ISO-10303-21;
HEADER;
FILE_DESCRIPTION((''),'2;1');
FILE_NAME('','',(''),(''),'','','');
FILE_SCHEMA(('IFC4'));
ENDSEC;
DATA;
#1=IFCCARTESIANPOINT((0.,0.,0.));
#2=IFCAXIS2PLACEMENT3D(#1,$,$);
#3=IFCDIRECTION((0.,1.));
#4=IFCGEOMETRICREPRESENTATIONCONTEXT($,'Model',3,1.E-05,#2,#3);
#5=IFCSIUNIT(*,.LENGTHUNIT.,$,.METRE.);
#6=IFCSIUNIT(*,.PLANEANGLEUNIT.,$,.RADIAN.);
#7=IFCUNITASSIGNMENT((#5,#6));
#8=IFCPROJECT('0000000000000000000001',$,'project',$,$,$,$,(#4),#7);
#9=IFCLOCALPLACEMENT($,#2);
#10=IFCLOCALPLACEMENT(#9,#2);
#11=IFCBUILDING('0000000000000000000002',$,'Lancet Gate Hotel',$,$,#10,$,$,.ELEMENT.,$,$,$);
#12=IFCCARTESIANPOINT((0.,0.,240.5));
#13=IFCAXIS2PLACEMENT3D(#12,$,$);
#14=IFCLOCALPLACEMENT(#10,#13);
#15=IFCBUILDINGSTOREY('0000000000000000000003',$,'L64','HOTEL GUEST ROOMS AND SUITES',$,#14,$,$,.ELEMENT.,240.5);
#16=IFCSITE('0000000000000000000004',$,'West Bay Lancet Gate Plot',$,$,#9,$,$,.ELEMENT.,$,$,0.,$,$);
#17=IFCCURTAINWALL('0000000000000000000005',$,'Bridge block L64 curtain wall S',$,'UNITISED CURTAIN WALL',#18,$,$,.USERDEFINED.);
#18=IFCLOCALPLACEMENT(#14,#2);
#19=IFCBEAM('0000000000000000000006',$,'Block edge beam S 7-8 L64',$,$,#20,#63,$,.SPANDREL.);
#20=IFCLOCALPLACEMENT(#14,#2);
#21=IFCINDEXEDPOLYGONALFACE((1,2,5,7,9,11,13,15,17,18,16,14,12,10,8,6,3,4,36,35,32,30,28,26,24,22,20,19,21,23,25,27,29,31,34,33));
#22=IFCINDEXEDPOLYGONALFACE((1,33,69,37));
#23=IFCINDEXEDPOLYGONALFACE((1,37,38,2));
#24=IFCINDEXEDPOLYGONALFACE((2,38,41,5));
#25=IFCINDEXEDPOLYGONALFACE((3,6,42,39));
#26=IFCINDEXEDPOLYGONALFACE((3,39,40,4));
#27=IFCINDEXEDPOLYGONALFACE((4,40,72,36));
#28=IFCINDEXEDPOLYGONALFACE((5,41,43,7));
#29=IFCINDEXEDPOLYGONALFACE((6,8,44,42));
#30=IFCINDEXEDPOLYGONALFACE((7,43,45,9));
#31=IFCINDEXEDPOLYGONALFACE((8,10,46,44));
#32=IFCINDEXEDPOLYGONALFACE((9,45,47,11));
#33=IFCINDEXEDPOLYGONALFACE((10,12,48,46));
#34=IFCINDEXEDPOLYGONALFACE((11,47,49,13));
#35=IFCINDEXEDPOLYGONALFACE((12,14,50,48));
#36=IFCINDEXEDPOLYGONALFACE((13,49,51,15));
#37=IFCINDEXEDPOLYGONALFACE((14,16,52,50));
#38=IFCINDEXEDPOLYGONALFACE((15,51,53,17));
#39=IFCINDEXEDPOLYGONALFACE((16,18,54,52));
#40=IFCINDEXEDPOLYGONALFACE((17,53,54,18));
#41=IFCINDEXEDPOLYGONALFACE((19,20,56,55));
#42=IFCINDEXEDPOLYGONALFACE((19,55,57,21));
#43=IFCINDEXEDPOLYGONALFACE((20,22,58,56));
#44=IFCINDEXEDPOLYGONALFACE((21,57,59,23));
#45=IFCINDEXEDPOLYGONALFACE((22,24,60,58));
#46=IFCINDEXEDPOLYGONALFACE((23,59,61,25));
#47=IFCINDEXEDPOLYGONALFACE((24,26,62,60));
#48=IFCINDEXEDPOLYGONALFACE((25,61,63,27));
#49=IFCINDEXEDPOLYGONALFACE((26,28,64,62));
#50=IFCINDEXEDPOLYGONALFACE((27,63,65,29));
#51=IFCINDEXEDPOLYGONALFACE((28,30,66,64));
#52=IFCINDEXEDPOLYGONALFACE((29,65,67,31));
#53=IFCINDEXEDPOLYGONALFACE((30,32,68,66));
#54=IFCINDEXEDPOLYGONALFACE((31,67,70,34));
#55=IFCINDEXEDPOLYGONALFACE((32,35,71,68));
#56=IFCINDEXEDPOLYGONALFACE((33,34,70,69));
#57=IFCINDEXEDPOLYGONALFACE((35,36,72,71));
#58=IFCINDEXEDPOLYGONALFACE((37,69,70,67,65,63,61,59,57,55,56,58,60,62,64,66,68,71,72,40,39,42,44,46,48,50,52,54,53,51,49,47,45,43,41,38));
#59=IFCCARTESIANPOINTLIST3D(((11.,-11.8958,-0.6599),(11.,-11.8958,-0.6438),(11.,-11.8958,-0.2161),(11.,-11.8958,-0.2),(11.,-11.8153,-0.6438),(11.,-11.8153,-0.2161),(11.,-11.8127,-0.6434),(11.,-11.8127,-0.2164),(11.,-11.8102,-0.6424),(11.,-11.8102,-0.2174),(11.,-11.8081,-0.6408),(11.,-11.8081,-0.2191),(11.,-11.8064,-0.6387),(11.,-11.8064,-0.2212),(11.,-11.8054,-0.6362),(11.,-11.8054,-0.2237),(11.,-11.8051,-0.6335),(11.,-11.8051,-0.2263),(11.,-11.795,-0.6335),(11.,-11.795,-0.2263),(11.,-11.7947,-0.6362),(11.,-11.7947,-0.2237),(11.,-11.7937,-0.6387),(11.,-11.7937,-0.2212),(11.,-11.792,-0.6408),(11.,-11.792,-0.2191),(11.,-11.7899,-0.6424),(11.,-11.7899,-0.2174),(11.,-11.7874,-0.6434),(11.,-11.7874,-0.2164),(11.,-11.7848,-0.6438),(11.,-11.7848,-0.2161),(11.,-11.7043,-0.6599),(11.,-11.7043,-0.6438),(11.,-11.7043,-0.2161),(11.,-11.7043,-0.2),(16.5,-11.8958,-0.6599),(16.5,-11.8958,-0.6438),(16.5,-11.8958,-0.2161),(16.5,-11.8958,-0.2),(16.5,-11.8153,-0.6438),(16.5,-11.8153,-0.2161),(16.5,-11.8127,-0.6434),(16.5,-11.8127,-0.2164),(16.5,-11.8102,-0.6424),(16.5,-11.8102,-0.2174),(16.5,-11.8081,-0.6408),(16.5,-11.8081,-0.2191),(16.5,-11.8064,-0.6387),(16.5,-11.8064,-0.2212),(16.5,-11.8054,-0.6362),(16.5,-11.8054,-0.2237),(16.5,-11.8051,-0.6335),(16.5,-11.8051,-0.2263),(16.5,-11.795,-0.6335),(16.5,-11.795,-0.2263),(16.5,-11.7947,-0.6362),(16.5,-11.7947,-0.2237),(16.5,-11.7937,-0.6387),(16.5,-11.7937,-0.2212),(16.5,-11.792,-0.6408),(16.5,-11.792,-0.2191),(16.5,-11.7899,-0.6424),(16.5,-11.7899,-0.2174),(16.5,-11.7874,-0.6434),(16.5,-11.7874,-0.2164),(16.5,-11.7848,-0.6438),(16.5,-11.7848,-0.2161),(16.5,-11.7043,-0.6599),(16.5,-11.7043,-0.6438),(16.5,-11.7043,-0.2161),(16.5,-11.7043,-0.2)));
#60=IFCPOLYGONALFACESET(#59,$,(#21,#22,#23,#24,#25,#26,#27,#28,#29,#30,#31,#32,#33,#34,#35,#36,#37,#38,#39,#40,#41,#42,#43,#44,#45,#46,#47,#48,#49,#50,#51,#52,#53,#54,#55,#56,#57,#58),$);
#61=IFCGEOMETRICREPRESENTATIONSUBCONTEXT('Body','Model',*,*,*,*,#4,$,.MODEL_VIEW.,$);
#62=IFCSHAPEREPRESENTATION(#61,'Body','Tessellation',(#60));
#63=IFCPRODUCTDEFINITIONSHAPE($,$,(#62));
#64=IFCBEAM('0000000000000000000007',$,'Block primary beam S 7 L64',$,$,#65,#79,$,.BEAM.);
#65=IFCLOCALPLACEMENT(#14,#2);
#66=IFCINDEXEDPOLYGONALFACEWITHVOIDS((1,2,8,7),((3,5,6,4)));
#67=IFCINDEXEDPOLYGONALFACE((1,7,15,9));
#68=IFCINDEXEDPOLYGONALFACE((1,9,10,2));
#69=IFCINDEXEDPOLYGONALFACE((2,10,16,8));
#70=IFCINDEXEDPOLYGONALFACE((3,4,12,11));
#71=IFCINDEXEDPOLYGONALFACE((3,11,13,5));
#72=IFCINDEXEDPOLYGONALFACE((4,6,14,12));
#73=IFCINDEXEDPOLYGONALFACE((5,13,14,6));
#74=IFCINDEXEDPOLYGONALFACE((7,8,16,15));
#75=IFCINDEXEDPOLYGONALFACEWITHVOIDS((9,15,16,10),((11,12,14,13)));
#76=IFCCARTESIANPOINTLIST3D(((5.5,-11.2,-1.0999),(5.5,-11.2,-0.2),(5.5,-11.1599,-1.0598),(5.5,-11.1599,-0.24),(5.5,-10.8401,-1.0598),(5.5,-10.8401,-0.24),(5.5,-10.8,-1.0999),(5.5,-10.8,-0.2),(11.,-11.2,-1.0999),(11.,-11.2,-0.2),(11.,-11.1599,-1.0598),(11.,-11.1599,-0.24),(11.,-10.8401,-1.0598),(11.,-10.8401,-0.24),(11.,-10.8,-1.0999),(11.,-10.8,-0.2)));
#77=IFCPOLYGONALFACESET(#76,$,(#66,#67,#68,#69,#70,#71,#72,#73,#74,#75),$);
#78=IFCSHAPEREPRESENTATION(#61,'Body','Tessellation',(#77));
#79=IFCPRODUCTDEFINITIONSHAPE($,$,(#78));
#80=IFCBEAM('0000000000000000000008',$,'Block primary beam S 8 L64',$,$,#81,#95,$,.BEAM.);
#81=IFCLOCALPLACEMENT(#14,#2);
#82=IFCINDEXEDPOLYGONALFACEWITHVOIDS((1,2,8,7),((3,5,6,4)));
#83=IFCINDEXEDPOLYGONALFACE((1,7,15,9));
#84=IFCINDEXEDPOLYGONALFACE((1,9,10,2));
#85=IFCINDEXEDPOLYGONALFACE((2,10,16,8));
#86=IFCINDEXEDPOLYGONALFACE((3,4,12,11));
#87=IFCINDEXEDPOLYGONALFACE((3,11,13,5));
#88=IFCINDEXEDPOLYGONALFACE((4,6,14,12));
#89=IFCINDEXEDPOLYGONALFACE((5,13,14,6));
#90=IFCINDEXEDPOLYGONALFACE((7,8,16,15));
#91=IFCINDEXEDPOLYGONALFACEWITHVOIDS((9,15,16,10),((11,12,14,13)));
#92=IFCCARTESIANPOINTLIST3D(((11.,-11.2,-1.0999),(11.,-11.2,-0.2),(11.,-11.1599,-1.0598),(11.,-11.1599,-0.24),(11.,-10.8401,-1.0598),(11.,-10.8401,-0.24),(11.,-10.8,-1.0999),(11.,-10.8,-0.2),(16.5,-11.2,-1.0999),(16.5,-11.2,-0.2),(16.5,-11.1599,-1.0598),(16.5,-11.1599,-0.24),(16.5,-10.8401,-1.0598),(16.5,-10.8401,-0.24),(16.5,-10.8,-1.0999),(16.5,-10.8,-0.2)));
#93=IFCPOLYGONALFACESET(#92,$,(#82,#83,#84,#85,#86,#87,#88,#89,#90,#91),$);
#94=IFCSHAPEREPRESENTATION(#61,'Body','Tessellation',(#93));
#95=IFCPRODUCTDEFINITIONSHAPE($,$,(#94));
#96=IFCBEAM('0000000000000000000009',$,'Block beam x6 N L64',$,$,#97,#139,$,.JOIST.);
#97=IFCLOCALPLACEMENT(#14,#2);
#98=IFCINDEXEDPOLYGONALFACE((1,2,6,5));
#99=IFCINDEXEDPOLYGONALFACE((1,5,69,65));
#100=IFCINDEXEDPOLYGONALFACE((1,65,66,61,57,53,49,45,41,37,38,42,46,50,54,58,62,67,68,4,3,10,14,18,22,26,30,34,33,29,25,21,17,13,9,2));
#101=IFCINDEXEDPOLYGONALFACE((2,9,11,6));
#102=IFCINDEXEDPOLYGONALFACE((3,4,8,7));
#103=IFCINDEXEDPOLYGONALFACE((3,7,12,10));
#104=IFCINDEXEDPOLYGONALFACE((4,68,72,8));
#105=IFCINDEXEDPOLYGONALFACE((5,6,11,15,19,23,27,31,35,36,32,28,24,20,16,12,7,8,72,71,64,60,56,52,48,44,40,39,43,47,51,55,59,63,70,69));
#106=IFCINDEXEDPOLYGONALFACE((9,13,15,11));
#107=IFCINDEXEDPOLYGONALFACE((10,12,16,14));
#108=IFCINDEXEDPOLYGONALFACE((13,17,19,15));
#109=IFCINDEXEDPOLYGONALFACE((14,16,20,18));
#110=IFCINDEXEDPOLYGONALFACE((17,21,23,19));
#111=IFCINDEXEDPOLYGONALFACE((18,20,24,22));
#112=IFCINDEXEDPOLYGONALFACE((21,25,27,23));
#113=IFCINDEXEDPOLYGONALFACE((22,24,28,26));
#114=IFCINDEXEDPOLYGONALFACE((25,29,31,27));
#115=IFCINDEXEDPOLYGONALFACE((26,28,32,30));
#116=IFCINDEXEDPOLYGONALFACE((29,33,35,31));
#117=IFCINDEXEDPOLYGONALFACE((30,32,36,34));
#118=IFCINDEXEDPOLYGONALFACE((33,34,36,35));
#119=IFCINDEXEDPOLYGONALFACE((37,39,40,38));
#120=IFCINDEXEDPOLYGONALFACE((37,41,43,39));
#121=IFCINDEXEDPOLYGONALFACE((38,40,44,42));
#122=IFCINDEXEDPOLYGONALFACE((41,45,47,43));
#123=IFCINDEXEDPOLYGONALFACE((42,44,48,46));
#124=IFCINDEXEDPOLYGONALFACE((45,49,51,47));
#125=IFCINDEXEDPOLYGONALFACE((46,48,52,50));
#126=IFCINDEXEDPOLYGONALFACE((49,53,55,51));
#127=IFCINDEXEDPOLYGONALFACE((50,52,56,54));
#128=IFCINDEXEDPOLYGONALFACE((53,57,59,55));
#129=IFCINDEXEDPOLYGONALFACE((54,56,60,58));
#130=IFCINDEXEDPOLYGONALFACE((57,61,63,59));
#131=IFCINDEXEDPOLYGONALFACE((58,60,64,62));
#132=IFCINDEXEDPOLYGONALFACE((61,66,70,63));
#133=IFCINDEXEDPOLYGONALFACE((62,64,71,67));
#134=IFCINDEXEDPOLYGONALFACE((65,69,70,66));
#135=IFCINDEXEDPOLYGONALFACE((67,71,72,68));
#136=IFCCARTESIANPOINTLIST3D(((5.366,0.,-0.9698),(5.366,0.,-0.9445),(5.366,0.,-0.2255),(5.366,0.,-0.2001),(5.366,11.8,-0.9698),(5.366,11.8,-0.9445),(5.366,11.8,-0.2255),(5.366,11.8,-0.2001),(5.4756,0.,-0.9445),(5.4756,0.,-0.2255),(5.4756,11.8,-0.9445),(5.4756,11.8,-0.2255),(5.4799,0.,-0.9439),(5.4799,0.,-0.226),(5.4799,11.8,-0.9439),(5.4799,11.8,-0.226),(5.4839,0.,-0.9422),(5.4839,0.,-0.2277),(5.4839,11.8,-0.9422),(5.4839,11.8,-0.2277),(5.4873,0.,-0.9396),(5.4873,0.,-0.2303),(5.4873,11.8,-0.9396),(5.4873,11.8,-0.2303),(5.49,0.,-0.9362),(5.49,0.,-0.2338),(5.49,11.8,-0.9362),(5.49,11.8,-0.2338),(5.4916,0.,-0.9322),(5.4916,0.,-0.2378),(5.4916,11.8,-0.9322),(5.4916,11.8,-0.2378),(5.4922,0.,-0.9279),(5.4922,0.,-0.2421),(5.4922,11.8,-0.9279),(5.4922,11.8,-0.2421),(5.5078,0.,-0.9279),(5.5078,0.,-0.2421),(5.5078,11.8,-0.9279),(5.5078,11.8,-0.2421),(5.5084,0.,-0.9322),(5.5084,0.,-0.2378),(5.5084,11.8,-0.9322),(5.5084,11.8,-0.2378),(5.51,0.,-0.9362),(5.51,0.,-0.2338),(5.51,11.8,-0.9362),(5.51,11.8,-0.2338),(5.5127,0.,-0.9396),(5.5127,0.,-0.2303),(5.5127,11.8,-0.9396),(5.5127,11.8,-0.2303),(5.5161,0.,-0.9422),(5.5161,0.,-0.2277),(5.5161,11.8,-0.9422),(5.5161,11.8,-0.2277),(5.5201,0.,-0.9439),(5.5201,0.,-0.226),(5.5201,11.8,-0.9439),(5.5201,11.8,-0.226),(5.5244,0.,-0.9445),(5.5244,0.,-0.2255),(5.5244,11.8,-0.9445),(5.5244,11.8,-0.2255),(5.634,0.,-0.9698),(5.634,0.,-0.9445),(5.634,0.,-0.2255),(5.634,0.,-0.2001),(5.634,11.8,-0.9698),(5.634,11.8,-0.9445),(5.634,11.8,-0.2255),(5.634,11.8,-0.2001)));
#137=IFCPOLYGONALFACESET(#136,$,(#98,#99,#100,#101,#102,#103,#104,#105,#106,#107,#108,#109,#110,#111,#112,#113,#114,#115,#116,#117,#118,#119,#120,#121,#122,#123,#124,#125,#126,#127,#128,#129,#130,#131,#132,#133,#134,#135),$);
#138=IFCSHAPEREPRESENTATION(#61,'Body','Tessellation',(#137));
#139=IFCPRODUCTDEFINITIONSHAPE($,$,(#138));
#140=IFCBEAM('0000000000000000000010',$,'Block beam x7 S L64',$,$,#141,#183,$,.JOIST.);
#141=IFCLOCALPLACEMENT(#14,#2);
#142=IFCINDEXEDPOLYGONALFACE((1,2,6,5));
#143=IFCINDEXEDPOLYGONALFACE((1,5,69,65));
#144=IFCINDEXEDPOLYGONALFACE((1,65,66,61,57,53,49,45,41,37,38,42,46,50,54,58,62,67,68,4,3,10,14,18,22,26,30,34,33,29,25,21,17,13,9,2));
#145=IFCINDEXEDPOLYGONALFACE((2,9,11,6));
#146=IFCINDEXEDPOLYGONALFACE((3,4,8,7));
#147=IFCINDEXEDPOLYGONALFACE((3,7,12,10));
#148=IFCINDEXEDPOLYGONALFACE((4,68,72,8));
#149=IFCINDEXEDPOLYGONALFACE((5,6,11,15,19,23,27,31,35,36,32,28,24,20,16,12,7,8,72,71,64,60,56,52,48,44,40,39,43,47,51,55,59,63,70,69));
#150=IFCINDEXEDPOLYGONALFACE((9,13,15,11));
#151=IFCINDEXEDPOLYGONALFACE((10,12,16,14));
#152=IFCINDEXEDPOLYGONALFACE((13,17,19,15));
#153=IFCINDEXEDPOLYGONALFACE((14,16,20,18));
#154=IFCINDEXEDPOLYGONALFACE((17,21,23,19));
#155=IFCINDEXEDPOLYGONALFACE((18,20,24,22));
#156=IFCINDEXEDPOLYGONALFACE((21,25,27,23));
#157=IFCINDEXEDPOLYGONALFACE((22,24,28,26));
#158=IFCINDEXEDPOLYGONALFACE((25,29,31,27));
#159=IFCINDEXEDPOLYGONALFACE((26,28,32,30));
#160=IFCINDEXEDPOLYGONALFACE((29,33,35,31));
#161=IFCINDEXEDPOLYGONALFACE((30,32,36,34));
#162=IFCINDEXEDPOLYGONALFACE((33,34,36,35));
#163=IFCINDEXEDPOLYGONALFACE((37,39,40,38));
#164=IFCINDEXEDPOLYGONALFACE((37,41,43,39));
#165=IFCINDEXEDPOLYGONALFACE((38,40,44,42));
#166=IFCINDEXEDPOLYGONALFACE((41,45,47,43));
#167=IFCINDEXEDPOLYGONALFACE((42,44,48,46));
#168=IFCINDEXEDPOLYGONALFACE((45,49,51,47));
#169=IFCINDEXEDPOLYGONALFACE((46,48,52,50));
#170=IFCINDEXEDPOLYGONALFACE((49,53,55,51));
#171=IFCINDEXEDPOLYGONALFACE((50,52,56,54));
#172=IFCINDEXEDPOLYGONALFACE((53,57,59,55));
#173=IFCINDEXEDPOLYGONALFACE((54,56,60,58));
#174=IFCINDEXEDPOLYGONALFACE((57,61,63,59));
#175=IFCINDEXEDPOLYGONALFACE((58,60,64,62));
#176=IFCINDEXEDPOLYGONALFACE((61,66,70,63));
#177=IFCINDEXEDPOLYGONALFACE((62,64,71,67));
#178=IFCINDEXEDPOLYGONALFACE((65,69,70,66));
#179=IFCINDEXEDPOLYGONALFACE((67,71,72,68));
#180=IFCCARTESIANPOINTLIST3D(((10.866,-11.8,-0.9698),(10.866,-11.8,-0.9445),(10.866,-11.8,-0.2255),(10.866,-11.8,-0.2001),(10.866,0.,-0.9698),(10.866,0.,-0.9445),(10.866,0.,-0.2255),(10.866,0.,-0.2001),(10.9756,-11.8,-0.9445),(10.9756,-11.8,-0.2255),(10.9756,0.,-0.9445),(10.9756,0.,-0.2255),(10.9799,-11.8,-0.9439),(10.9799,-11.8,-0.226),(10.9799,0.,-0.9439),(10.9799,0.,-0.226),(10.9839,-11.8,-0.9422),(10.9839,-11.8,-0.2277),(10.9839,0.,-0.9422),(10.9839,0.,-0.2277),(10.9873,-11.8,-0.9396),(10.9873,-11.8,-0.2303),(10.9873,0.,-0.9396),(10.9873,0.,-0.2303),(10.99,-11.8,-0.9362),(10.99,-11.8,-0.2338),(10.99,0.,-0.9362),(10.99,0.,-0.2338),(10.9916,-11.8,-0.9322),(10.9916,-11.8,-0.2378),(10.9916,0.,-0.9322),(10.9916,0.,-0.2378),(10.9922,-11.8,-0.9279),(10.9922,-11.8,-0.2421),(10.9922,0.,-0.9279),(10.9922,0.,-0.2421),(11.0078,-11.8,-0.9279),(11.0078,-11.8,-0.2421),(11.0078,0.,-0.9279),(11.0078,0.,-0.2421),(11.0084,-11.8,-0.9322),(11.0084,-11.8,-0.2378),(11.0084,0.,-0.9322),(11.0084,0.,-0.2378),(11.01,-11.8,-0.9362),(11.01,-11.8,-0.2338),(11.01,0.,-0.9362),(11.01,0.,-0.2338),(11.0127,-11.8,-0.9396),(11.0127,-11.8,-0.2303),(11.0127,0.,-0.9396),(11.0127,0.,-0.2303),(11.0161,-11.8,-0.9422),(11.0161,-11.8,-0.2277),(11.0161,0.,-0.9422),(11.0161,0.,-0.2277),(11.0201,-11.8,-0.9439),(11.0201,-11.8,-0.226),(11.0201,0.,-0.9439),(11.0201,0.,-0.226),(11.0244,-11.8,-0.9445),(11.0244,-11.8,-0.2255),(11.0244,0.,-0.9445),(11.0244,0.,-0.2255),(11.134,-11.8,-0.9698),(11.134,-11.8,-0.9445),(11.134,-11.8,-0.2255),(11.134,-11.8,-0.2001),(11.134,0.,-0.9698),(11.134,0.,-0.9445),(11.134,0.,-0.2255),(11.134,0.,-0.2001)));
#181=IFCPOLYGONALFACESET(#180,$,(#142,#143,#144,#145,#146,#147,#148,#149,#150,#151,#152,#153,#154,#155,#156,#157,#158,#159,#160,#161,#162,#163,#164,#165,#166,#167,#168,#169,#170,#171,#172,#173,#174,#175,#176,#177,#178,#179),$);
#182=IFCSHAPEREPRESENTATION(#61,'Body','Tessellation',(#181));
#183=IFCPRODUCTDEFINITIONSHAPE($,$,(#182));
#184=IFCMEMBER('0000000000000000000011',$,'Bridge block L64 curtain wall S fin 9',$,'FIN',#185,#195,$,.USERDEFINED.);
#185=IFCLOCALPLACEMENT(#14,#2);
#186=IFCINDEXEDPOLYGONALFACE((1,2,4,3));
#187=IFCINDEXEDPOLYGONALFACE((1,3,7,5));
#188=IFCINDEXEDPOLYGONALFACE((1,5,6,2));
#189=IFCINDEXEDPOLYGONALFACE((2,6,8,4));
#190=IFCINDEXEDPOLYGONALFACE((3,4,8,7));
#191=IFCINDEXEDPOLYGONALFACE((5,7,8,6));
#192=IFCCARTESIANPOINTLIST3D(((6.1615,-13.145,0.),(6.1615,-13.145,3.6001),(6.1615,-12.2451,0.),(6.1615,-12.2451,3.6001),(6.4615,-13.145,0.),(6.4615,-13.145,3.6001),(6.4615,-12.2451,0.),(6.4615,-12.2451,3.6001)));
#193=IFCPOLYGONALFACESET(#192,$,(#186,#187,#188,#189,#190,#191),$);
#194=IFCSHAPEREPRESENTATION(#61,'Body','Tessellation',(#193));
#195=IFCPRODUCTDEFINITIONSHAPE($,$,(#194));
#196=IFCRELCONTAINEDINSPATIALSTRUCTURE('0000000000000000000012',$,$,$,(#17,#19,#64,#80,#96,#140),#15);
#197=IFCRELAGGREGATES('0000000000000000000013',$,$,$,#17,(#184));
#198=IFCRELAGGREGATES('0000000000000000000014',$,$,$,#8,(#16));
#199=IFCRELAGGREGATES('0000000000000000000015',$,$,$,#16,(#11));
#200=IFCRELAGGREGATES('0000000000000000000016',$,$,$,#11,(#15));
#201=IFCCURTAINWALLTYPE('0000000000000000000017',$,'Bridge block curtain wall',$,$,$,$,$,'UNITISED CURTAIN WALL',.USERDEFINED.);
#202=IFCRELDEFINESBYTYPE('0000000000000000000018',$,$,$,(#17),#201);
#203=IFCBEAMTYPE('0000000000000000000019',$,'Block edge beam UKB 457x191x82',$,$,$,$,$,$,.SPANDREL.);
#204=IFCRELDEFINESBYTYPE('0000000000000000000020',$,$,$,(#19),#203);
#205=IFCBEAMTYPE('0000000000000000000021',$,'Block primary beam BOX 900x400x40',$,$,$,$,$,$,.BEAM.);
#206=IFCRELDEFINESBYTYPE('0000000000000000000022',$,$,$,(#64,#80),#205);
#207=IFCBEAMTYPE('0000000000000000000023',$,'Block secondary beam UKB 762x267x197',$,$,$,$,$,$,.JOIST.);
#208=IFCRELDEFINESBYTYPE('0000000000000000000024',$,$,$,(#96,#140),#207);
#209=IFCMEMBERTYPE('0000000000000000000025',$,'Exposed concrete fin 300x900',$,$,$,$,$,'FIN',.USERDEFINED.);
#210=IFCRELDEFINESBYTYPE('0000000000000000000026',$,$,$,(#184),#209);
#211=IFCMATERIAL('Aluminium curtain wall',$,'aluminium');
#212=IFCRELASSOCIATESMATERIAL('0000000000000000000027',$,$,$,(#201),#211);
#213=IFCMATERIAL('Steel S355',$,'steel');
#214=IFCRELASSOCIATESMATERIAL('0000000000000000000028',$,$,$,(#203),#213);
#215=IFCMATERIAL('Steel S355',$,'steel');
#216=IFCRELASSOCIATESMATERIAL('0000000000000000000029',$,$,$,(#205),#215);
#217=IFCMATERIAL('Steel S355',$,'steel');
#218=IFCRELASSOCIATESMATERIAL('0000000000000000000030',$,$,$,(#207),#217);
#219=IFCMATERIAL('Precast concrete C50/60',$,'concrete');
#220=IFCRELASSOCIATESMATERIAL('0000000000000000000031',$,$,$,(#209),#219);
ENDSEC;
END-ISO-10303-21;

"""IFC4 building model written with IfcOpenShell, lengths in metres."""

from ifc_helpers import new_model, si_unit, direction, frame, origin, origin_2d, place, context, subcontext, project, spatial, rectangle, hollow_rectangle, i_section, extrude, material, material_profile, profile_set, type_object, element, aggregate, save


model = new_model("IFC4")

# Units and contexts
model_context = context("Model", 3, precision=1e-05, world=origin(), true_north=direction((0.0, 1.0)))
body_context = subcontext(model_context, "Body", "Model", "MODEL_VIEW")
ifc_project = project(units=[si_unit("LENGTHUNIT", "METRE"), si_unit("PLANEANGLEUNIT", "RADIAN")], contexts=[model_context])

# Site, building, storey
site_placement = place(None, origin())
site = spatial("IfcSite", under=ifc_project, at=site_placement, Name="West Bay Lancet Gate Plot", CompositionType="ELEMENT", RefElevation=0.0)
building_placement = place(site_placement, origin())
building = spatial("IfcBuilding", under=site, at=building_placement, Name="Lancet Gate Hotel", CompositionType="ELEMENT")
storey_placement = place(building_placement, frame((0.0, 0.0, 240.5)))
storey = spatial("IfcBuildingStorey", under=building, at=storey_placement, Name="L64", Description="HOTEL GUEST ROOMS AND SUITES", CompositionType="ELEMENT", Elevation=240.5)

# Curtain wall
ifc_material_1 = material(Name="Aluminium curtain wall", Category="aluminium")
curtain_wall_type = type_object("IfcCurtainWallType", Name="Bridge block curtain wall", ElementType="UNITISED CURTAIN WALL", PredefinedType="USERDEFINED", material=ifc_material_1)
curtain_wall_placement = place(storey_placement, origin())
curtain_wall = element("IfcCurtainWall", 1, at=curtain_wall_placement, inside=storey, type_object=curtain_wall_type, Name="Bridge block L64 curtain wall S", ObjectType="UNITISED CURTAIN WALL", PredefinedType="USERDEFINED")

# Beams
ifc_material_2 = material(Name="Steel S355", Category="steel")
ifc_material_profile_1 = material_profile(ifc_material_2, i_section(OverallWidth=0.1914, OverallDepth=0.46, WebThickness=0.01, FlangeThickness=0.0161, FilletRadius=0.0103, at=origin_2d()), Name="UKB 457x191x82")
ifc_profile_set_1 = profile_set([ifc_material_profile_1], Name="Steel S355")
beam_type_1 = type_object("IfcBeamType", Name="Block edge beam UKB 457x191x82", PredefinedType="SPANDREL", material=ifc_profile_set_1)
beam_placement = place(storey_placement, frame((11.0, -11.8, -0.4299), z_axis=(1.0, 0.0, 0.0), x_axis=(0.0, 1.0, 0.0)))
element("IfcBeam", 2, at=beam_placement, inside=storey, type_object=beam_type_1, Name="Block edge beam S 7-8 L64", PredefinedType="SPANDREL", context=body_context, shape_type="SweptSolid", body=[
    extrude(i_section(OverallWidth=0.1914, OverallDepth=0.46, WebThickness=0.01, FlangeThickness=0.0161, FilletRadius=0.0103, at=origin_2d()), origin(), (0.0, 0.0, 1.0), 5.5),
])
ifc_material_3 = material(Name="Steel S355", Category="steel")
ifc_material_profile_2 = material_profile(ifc_material_3, hollow_rectangle(XDim=0.3999, YDim=0.8999, WallThickness=0.04, at=origin_2d()), Name="BOX 900x400x40")
ifc_profile_set_2 = profile_set([ifc_material_profile_2], Name="Steel S355")
beam_type_2 = type_object("IfcBeamType", Name="Block primary beam BOX 900x400x40", PredefinedType="BEAM", material=ifc_profile_set_2)
for number, where, z_axis, x_axis, name in (
    (3, (5.5, -11.0, -0.6499), (1.0, 0.0, 0.0), (0.0, 1.0, 0.0), "Block primary beam S 7 L64"),
    (4, (11.0, -11.0, -0.6499), (1.0, 0.0, 0.0), (0.0, 1.0, 0.0), "Block primary beam S 8 L64"),
):
    element("IfcBeam", number, at=place(storey_placement, frame(where, z_axis=z_axis, x_axis=x_axis)), inside=storey, type_object=beam_type_2, Name=name, PredefinedType="BEAM", context=body_context, shape_type="SweptSolid", body=[
        extrude(hollow_rectangle(XDim=0.3999, YDim=0.8999, WallThickness=0.04, at=origin_2d()), origin(), (0.0, 0.0, 1.0), 5.5),
    ])
ifc_material_4 = material(Name="Steel S355", Category="steel")
ifc_material_profile_3 = material_profile(ifc_material_4, i_section(OverallWidth=0.2681, OverallDepth=0.7698, WebThickness=0.0156, FlangeThickness=0.0254, FilletRadius=0.0166, at=origin_2d()), Name="UKB 762x267x197")
ifc_profile_set_3 = profile_set([ifc_material_profile_3], Name="Steel S355")
beam_type_3 = type_object("IfcBeamType", Name="Block secondary beam UKB 762x267x197", PredefinedType="JOIST", material=ifc_profile_set_3)
for number, where, z_axis, x_axis, name in (
    (5, (5.5, 0.0, -0.585), (0.0, 1.0, 0.0), (-1.0, 0.0, 0.0), "Block beam x6 N L64"),
    (6, (11.0, -11.8, -0.585), (0.0, 1.0, 0.0), (-1.0, 0.0, 0.0), "Block beam x7 S L64"),
):
    element("IfcBeam", number, at=place(storey_placement, frame(where, z_axis=z_axis, x_axis=x_axis)), inside=storey, type_object=beam_type_3, Name=name, PredefinedType="JOIST", context=body_context, shape_type="SweptSolid", body=[
        extrude(i_section(OverallWidth=0.2681, OverallDepth=0.7698, WebThickness=0.0156, FlangeThickness=0.0254, FilletRadius=0.0166, at=origin_2d()), origin(), (0.0, 0.0, 1.0), 11.8),
    ])

# Member
ifc_material_5 = material(Name="Precast concrete C50/60", Category="concrete")
ifc_material_profile_4 = material_profile(ifc_material_5, rectangle(XDim=0.3, YDim=0.8999, at=origin_2d()), Name="FIN 300x900")
ifc_profile_set_4 = profile_set([ifc_material_profile_4], Name="Precast concrete C50/60")
member_type_1 = type_object("IfcMemberType", Name="Exposed concrete fin 300x900", ElementType="FIN", PredefinedType="USERDEFINED", material=ifc_profile_set_4)
member_1_placement = place(storey_placement, frame((6.3115, -12.6951, 0.0), z_axis=(0.0, 0.0, 1.0), x_axis=(1.0, 0.0, 0.0)))
member_1 = element("IfcMember", 7, at=member_1_placement, type_object=member_type_1, Name="Bridge block L64 curtain wall S fin 9", ObjectType="FIN", PredefinedType="USERDEFINED", context=body_context, shape_type="SweptSolid", body=[
    extrude(rectangle(XDim=0.3, YDim=0.8999, at=origin_2d()), origin(), (0.0, 0.0, 1.0), 3.6001),
])

aggregate(curtain_wall, [member_1])

save(model, "model.ifc")
